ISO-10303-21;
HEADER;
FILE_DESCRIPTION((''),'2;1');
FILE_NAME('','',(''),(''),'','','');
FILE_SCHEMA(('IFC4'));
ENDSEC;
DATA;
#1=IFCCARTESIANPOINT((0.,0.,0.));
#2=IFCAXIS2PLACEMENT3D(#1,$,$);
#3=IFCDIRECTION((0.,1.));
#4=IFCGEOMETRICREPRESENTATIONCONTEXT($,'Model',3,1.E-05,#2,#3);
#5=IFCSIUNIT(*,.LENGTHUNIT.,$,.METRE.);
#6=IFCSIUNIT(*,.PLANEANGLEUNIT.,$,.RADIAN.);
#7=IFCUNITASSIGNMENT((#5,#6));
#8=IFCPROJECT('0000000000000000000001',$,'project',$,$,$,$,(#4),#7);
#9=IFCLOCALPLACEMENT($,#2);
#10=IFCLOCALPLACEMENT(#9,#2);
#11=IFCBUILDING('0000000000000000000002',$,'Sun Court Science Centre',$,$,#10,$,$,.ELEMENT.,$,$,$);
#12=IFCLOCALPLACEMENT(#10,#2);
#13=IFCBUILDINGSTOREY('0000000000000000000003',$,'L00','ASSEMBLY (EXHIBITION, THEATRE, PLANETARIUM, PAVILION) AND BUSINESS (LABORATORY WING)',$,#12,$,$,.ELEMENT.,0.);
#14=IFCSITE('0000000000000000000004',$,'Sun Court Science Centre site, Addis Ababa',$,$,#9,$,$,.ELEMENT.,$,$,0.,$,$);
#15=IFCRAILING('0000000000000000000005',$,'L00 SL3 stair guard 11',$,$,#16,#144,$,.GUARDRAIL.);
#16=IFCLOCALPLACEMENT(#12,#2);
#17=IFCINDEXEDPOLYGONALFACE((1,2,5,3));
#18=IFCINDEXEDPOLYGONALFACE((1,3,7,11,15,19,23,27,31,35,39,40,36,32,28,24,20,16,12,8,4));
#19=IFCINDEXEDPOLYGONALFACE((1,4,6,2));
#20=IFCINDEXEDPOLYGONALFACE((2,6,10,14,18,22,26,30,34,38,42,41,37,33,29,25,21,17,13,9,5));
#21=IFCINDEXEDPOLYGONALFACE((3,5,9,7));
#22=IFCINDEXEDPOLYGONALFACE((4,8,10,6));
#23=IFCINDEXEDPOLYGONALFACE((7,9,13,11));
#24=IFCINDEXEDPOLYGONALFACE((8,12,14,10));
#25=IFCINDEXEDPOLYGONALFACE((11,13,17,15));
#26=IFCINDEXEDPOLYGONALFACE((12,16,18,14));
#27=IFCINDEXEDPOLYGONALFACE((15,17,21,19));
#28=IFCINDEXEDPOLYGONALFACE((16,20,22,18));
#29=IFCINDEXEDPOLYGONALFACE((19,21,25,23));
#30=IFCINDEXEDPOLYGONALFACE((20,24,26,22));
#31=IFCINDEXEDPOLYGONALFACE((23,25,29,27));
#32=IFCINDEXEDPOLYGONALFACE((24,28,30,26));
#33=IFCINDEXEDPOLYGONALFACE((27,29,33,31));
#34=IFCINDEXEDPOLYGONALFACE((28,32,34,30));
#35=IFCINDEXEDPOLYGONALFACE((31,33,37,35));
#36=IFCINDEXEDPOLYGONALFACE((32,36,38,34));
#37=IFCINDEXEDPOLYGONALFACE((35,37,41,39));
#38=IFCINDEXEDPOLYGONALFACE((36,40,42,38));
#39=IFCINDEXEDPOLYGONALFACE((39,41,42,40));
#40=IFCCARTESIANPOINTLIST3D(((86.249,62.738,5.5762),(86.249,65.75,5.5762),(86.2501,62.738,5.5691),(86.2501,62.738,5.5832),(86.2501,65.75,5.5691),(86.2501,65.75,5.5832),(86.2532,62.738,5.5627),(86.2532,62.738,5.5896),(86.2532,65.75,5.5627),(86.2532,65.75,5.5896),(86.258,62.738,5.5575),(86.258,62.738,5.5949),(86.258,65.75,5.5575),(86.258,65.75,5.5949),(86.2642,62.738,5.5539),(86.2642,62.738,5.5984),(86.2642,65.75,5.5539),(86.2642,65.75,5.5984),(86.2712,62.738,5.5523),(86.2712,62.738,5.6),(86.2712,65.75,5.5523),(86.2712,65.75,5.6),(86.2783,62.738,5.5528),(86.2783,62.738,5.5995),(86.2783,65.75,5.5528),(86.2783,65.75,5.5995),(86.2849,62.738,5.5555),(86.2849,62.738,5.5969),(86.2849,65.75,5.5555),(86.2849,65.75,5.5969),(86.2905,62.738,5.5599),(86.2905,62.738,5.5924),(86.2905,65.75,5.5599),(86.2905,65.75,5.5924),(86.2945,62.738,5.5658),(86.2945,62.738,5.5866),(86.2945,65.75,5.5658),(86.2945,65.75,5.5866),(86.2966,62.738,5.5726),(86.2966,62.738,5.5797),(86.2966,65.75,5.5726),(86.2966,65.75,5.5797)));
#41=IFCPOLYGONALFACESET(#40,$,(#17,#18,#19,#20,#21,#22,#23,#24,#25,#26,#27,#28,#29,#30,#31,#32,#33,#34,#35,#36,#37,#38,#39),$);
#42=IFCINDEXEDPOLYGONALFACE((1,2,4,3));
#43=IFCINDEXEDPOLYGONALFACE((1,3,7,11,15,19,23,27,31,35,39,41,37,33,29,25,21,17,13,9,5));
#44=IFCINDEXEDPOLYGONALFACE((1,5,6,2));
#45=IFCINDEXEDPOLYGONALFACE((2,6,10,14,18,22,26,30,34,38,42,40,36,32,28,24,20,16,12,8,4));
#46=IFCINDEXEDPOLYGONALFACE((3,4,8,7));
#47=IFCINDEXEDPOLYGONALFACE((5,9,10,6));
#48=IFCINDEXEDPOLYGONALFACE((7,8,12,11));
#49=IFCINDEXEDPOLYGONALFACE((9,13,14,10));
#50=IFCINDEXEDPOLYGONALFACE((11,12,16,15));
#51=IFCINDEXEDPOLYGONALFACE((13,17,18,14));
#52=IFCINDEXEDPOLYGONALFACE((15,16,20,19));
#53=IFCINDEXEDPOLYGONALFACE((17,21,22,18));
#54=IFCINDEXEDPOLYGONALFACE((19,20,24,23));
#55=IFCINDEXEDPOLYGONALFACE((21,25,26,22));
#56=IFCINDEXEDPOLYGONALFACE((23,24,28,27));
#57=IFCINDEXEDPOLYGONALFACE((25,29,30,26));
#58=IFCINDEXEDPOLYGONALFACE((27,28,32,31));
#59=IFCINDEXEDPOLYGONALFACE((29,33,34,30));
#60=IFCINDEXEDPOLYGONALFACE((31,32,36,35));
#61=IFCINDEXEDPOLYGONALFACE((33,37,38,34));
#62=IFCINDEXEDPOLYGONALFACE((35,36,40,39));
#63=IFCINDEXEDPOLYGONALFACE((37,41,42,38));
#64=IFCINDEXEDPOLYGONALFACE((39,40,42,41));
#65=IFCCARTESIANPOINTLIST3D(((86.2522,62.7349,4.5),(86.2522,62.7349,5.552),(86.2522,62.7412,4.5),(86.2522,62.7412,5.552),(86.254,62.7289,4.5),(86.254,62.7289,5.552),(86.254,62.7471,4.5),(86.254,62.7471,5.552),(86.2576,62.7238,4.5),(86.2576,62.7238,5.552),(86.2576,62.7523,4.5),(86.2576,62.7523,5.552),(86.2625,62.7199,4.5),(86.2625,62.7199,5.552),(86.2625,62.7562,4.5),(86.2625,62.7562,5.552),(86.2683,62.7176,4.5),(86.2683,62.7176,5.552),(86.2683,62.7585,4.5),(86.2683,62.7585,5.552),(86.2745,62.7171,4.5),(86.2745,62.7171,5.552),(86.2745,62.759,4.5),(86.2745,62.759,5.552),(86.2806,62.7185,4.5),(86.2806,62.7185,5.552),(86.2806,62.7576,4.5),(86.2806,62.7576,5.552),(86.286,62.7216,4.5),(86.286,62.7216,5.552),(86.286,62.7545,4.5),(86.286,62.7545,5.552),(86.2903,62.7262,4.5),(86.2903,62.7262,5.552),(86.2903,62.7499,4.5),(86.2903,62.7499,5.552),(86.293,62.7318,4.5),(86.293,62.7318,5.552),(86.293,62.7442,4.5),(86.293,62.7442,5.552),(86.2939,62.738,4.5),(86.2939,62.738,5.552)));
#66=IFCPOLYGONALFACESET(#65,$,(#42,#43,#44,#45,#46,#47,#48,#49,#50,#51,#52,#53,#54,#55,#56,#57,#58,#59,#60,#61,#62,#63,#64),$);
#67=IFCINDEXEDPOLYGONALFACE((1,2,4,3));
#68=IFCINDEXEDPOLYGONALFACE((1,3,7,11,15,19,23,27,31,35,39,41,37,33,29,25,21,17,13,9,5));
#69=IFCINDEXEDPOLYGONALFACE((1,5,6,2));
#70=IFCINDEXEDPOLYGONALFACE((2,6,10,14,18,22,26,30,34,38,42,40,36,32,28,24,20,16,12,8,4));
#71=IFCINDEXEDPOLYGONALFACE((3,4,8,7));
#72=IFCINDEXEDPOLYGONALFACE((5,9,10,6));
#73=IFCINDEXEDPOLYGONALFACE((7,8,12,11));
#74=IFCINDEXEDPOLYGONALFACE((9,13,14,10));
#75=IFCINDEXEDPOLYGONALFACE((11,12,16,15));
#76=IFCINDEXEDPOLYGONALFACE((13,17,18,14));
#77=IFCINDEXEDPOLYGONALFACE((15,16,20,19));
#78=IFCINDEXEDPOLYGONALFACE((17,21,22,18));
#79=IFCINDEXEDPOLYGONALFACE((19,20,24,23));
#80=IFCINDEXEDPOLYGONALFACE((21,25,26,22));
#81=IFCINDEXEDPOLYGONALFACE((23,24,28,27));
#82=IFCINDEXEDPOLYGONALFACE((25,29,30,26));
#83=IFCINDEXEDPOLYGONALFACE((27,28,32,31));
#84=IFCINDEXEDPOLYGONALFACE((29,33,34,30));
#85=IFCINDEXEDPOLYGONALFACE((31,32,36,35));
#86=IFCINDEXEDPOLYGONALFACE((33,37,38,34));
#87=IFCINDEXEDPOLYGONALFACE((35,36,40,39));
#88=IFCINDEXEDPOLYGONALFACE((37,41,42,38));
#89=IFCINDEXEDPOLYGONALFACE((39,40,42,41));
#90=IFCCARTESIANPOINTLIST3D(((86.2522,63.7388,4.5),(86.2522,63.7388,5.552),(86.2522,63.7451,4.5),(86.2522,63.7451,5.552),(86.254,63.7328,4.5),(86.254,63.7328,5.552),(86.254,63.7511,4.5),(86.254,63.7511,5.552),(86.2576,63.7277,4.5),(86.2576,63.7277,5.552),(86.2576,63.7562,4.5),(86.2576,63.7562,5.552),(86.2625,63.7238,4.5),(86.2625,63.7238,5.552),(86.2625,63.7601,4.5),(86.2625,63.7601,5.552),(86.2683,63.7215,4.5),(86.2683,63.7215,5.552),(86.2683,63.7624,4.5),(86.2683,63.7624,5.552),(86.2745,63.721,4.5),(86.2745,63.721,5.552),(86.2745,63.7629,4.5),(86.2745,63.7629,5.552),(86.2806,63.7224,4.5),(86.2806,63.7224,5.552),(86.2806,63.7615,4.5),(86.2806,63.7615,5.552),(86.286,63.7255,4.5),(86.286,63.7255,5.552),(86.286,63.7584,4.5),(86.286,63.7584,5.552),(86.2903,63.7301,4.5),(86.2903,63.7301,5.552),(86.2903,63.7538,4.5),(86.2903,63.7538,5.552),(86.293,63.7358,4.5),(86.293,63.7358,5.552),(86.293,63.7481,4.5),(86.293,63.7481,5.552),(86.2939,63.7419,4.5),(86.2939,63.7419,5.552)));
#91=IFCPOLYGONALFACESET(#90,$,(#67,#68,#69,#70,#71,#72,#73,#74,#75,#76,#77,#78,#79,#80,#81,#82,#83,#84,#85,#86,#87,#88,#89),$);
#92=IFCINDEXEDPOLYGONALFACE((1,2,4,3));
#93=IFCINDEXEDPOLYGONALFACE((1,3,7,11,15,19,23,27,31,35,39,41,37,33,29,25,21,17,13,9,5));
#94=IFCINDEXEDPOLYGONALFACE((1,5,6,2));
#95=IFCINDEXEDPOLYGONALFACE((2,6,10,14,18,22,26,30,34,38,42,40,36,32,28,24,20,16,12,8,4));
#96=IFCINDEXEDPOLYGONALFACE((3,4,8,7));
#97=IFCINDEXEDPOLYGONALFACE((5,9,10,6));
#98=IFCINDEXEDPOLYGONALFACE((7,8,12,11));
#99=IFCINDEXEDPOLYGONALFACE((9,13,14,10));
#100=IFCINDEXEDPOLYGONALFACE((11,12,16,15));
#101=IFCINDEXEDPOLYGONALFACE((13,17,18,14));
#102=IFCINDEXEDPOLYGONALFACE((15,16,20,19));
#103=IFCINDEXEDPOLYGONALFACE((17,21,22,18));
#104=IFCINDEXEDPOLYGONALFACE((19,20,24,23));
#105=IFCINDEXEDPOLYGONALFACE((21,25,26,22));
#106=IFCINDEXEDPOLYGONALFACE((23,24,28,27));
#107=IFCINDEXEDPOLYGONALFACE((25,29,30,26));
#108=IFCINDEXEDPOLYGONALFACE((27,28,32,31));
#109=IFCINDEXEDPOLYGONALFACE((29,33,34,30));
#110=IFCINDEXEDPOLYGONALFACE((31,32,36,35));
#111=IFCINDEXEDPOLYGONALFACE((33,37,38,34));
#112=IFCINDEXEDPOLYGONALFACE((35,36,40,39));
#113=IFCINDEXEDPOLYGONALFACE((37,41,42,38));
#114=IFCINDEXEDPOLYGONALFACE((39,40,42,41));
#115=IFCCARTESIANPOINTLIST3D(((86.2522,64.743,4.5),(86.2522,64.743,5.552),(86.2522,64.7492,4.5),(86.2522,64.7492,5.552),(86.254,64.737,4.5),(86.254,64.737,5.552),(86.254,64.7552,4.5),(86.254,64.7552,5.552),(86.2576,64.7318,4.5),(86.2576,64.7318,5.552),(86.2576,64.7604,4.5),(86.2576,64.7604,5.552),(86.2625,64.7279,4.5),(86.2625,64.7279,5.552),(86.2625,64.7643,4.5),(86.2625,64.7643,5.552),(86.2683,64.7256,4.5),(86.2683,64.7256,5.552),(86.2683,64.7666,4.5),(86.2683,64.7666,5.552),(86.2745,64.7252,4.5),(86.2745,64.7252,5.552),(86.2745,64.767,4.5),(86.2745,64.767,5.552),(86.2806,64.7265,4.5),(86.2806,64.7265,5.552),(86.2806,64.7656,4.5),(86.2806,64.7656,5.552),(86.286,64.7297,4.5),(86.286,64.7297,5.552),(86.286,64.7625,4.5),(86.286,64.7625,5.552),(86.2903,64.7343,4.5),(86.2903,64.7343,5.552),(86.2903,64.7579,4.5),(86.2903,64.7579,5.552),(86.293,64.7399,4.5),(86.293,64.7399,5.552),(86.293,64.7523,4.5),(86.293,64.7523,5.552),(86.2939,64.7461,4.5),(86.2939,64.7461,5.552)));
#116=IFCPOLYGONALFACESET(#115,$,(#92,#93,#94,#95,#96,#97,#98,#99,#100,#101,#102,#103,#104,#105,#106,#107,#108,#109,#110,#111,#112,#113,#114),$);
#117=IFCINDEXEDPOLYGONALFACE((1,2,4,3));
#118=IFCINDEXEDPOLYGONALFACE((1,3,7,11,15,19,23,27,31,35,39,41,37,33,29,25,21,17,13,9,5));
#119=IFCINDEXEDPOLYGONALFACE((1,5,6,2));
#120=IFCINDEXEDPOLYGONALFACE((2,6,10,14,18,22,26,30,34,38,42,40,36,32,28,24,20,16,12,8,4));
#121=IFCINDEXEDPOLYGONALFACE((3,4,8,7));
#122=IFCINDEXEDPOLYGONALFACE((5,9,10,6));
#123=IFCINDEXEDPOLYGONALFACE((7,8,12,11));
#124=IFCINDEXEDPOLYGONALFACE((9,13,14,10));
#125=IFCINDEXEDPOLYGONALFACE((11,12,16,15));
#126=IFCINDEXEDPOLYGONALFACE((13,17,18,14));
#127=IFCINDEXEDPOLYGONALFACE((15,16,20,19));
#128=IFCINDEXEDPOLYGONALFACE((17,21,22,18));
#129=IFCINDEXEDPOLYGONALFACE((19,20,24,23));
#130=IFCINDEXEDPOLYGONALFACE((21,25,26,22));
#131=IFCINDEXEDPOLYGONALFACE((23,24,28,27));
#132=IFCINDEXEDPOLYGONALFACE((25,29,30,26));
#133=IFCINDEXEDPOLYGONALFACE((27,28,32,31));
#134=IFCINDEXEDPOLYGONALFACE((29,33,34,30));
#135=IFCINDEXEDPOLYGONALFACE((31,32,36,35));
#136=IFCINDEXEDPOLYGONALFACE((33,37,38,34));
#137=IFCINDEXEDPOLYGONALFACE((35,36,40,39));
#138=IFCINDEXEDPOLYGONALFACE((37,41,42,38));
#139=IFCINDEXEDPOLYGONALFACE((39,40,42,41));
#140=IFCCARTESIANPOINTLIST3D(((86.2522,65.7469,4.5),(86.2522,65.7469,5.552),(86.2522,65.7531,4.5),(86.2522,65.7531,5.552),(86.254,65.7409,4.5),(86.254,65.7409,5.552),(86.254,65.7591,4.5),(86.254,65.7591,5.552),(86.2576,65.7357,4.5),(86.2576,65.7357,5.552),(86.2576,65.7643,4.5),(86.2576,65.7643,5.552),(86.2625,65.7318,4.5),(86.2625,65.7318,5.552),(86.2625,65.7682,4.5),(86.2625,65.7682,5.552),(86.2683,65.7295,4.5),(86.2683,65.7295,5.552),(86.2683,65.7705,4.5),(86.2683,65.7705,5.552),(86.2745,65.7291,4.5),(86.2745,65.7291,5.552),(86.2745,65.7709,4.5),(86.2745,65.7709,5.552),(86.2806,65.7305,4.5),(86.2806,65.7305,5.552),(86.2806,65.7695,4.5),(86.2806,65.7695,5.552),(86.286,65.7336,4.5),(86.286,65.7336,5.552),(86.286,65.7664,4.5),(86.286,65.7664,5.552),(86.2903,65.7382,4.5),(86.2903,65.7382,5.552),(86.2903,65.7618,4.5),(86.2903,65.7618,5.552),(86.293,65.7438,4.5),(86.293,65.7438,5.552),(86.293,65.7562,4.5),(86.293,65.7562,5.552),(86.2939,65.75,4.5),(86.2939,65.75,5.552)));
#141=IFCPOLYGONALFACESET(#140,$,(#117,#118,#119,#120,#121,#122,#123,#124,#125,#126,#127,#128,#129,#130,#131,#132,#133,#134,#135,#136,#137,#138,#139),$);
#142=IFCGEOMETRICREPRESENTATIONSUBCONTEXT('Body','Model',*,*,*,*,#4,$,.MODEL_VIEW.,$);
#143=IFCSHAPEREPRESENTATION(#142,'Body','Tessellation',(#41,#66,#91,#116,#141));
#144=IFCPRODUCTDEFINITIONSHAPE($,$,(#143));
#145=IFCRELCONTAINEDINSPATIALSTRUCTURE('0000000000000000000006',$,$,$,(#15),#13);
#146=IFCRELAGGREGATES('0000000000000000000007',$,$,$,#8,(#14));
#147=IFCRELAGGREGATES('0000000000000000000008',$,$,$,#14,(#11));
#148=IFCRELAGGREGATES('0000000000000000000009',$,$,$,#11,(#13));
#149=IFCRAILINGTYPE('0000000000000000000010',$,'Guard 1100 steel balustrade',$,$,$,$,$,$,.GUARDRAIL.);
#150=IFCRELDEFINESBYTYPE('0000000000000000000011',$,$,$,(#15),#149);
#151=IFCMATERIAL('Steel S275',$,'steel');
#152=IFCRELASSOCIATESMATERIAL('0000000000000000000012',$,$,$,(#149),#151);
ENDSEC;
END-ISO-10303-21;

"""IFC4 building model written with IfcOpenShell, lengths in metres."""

from ifc_helpers import new_model, si_unit, direction, frame, origin, origin_2d, place, context, subcontext, project, spatial, circle, extrude, material, type_object, element, save


model = new_model("IFC4")

# Units and contexts
model_context = context("Model", 3, precision=1e-05, world=origin(), true_north=direction((0.0, 1.0)))
body_context = subcontext(model_context, "Body", "Model", "MODEL_VIEW")
ifc_project = project(units=[si_unit("LENGTHUNIT", "METRE"), si_unit("PLANEANGLEUNIT", "RADIAN")], contexts=[model_context])

# Site, building, storey
site_placement = place(None, origin())
site = spatial("IfcSite", under=ifc_project, at=site_placement, Name="Sun Court Science Centre site, Addis Ababa", CompositionType="ELEMENT", RefElevation=0.0)
building_placement = place(site_placement, origin())
building = spatial("IfcBuilding", under=site, at=building_placement, Name="Sun Court Science Centre", CompositionType="ELEMENT")
storey_placement = place(building_placement, origin())
storey = spatial("IfcBuildingStorey", under=building, at=storey_placement, Name="L00", Description="ASSEMBLY (EXHIBITION, THEATRE, PLANETARIUM, PAVILION) AND BUSINESS (LABORATORY WING)", CompositionType="ELEMENT", Elevation=0.0)

# Railing
ifc_material_1 = material(Name="Steel S275", Category="steel")
railing_type_1 = type_object("IfcRailingType", Name="Guard 1100 steel balustrade", PredefinedType="GUARDRAIL", material=ifc_material_1)
for number, where, name in (
    (1, (86.2729, 62.738, 4.5), "L00 SL3 stair guard 11"),
):
    element("IfcRailing", number, at=place(storey_placement, frame(where)), inside=storey, type_object=railing_type_1, Name=name, PredefinedType="GUARDRAIL", context=body_context, shape_type="SweptSolid", body=[
        extrude(circle(Radius=0.0239, at=origin_2d()), frame((0.0, 0.0, 1.0762), z_axis=(0.0, 1.0, 0.0), x_axis=(-1.0, 0.0, 0.0)), (0.0, 0.0, 1.0), 3.012),
        extrude(circle(Radius=0.021, at=origin_2d()), origin(), (0.0, 0.0, 1.0), 1.052),
        extrude(circle(Radius=0.021, at=origin_2d()), frame((0.0, 1.0039, 0.0)), (0.0, 0.0, 1.0), 1.052),
        extrude(circle(Radius=0.021, at=origin_2d()), frame((0.0, 2.0081, 0.0)), (0.0, 0.0, 1.0), 1.052),
        extrude(circle(Radius=0.021, at=origin_2d()), frame((0.0, 3.012, 0.0)), (0.0, 0.0, 1.0), 1.052),
    ])

save(model, "model.ifc")
